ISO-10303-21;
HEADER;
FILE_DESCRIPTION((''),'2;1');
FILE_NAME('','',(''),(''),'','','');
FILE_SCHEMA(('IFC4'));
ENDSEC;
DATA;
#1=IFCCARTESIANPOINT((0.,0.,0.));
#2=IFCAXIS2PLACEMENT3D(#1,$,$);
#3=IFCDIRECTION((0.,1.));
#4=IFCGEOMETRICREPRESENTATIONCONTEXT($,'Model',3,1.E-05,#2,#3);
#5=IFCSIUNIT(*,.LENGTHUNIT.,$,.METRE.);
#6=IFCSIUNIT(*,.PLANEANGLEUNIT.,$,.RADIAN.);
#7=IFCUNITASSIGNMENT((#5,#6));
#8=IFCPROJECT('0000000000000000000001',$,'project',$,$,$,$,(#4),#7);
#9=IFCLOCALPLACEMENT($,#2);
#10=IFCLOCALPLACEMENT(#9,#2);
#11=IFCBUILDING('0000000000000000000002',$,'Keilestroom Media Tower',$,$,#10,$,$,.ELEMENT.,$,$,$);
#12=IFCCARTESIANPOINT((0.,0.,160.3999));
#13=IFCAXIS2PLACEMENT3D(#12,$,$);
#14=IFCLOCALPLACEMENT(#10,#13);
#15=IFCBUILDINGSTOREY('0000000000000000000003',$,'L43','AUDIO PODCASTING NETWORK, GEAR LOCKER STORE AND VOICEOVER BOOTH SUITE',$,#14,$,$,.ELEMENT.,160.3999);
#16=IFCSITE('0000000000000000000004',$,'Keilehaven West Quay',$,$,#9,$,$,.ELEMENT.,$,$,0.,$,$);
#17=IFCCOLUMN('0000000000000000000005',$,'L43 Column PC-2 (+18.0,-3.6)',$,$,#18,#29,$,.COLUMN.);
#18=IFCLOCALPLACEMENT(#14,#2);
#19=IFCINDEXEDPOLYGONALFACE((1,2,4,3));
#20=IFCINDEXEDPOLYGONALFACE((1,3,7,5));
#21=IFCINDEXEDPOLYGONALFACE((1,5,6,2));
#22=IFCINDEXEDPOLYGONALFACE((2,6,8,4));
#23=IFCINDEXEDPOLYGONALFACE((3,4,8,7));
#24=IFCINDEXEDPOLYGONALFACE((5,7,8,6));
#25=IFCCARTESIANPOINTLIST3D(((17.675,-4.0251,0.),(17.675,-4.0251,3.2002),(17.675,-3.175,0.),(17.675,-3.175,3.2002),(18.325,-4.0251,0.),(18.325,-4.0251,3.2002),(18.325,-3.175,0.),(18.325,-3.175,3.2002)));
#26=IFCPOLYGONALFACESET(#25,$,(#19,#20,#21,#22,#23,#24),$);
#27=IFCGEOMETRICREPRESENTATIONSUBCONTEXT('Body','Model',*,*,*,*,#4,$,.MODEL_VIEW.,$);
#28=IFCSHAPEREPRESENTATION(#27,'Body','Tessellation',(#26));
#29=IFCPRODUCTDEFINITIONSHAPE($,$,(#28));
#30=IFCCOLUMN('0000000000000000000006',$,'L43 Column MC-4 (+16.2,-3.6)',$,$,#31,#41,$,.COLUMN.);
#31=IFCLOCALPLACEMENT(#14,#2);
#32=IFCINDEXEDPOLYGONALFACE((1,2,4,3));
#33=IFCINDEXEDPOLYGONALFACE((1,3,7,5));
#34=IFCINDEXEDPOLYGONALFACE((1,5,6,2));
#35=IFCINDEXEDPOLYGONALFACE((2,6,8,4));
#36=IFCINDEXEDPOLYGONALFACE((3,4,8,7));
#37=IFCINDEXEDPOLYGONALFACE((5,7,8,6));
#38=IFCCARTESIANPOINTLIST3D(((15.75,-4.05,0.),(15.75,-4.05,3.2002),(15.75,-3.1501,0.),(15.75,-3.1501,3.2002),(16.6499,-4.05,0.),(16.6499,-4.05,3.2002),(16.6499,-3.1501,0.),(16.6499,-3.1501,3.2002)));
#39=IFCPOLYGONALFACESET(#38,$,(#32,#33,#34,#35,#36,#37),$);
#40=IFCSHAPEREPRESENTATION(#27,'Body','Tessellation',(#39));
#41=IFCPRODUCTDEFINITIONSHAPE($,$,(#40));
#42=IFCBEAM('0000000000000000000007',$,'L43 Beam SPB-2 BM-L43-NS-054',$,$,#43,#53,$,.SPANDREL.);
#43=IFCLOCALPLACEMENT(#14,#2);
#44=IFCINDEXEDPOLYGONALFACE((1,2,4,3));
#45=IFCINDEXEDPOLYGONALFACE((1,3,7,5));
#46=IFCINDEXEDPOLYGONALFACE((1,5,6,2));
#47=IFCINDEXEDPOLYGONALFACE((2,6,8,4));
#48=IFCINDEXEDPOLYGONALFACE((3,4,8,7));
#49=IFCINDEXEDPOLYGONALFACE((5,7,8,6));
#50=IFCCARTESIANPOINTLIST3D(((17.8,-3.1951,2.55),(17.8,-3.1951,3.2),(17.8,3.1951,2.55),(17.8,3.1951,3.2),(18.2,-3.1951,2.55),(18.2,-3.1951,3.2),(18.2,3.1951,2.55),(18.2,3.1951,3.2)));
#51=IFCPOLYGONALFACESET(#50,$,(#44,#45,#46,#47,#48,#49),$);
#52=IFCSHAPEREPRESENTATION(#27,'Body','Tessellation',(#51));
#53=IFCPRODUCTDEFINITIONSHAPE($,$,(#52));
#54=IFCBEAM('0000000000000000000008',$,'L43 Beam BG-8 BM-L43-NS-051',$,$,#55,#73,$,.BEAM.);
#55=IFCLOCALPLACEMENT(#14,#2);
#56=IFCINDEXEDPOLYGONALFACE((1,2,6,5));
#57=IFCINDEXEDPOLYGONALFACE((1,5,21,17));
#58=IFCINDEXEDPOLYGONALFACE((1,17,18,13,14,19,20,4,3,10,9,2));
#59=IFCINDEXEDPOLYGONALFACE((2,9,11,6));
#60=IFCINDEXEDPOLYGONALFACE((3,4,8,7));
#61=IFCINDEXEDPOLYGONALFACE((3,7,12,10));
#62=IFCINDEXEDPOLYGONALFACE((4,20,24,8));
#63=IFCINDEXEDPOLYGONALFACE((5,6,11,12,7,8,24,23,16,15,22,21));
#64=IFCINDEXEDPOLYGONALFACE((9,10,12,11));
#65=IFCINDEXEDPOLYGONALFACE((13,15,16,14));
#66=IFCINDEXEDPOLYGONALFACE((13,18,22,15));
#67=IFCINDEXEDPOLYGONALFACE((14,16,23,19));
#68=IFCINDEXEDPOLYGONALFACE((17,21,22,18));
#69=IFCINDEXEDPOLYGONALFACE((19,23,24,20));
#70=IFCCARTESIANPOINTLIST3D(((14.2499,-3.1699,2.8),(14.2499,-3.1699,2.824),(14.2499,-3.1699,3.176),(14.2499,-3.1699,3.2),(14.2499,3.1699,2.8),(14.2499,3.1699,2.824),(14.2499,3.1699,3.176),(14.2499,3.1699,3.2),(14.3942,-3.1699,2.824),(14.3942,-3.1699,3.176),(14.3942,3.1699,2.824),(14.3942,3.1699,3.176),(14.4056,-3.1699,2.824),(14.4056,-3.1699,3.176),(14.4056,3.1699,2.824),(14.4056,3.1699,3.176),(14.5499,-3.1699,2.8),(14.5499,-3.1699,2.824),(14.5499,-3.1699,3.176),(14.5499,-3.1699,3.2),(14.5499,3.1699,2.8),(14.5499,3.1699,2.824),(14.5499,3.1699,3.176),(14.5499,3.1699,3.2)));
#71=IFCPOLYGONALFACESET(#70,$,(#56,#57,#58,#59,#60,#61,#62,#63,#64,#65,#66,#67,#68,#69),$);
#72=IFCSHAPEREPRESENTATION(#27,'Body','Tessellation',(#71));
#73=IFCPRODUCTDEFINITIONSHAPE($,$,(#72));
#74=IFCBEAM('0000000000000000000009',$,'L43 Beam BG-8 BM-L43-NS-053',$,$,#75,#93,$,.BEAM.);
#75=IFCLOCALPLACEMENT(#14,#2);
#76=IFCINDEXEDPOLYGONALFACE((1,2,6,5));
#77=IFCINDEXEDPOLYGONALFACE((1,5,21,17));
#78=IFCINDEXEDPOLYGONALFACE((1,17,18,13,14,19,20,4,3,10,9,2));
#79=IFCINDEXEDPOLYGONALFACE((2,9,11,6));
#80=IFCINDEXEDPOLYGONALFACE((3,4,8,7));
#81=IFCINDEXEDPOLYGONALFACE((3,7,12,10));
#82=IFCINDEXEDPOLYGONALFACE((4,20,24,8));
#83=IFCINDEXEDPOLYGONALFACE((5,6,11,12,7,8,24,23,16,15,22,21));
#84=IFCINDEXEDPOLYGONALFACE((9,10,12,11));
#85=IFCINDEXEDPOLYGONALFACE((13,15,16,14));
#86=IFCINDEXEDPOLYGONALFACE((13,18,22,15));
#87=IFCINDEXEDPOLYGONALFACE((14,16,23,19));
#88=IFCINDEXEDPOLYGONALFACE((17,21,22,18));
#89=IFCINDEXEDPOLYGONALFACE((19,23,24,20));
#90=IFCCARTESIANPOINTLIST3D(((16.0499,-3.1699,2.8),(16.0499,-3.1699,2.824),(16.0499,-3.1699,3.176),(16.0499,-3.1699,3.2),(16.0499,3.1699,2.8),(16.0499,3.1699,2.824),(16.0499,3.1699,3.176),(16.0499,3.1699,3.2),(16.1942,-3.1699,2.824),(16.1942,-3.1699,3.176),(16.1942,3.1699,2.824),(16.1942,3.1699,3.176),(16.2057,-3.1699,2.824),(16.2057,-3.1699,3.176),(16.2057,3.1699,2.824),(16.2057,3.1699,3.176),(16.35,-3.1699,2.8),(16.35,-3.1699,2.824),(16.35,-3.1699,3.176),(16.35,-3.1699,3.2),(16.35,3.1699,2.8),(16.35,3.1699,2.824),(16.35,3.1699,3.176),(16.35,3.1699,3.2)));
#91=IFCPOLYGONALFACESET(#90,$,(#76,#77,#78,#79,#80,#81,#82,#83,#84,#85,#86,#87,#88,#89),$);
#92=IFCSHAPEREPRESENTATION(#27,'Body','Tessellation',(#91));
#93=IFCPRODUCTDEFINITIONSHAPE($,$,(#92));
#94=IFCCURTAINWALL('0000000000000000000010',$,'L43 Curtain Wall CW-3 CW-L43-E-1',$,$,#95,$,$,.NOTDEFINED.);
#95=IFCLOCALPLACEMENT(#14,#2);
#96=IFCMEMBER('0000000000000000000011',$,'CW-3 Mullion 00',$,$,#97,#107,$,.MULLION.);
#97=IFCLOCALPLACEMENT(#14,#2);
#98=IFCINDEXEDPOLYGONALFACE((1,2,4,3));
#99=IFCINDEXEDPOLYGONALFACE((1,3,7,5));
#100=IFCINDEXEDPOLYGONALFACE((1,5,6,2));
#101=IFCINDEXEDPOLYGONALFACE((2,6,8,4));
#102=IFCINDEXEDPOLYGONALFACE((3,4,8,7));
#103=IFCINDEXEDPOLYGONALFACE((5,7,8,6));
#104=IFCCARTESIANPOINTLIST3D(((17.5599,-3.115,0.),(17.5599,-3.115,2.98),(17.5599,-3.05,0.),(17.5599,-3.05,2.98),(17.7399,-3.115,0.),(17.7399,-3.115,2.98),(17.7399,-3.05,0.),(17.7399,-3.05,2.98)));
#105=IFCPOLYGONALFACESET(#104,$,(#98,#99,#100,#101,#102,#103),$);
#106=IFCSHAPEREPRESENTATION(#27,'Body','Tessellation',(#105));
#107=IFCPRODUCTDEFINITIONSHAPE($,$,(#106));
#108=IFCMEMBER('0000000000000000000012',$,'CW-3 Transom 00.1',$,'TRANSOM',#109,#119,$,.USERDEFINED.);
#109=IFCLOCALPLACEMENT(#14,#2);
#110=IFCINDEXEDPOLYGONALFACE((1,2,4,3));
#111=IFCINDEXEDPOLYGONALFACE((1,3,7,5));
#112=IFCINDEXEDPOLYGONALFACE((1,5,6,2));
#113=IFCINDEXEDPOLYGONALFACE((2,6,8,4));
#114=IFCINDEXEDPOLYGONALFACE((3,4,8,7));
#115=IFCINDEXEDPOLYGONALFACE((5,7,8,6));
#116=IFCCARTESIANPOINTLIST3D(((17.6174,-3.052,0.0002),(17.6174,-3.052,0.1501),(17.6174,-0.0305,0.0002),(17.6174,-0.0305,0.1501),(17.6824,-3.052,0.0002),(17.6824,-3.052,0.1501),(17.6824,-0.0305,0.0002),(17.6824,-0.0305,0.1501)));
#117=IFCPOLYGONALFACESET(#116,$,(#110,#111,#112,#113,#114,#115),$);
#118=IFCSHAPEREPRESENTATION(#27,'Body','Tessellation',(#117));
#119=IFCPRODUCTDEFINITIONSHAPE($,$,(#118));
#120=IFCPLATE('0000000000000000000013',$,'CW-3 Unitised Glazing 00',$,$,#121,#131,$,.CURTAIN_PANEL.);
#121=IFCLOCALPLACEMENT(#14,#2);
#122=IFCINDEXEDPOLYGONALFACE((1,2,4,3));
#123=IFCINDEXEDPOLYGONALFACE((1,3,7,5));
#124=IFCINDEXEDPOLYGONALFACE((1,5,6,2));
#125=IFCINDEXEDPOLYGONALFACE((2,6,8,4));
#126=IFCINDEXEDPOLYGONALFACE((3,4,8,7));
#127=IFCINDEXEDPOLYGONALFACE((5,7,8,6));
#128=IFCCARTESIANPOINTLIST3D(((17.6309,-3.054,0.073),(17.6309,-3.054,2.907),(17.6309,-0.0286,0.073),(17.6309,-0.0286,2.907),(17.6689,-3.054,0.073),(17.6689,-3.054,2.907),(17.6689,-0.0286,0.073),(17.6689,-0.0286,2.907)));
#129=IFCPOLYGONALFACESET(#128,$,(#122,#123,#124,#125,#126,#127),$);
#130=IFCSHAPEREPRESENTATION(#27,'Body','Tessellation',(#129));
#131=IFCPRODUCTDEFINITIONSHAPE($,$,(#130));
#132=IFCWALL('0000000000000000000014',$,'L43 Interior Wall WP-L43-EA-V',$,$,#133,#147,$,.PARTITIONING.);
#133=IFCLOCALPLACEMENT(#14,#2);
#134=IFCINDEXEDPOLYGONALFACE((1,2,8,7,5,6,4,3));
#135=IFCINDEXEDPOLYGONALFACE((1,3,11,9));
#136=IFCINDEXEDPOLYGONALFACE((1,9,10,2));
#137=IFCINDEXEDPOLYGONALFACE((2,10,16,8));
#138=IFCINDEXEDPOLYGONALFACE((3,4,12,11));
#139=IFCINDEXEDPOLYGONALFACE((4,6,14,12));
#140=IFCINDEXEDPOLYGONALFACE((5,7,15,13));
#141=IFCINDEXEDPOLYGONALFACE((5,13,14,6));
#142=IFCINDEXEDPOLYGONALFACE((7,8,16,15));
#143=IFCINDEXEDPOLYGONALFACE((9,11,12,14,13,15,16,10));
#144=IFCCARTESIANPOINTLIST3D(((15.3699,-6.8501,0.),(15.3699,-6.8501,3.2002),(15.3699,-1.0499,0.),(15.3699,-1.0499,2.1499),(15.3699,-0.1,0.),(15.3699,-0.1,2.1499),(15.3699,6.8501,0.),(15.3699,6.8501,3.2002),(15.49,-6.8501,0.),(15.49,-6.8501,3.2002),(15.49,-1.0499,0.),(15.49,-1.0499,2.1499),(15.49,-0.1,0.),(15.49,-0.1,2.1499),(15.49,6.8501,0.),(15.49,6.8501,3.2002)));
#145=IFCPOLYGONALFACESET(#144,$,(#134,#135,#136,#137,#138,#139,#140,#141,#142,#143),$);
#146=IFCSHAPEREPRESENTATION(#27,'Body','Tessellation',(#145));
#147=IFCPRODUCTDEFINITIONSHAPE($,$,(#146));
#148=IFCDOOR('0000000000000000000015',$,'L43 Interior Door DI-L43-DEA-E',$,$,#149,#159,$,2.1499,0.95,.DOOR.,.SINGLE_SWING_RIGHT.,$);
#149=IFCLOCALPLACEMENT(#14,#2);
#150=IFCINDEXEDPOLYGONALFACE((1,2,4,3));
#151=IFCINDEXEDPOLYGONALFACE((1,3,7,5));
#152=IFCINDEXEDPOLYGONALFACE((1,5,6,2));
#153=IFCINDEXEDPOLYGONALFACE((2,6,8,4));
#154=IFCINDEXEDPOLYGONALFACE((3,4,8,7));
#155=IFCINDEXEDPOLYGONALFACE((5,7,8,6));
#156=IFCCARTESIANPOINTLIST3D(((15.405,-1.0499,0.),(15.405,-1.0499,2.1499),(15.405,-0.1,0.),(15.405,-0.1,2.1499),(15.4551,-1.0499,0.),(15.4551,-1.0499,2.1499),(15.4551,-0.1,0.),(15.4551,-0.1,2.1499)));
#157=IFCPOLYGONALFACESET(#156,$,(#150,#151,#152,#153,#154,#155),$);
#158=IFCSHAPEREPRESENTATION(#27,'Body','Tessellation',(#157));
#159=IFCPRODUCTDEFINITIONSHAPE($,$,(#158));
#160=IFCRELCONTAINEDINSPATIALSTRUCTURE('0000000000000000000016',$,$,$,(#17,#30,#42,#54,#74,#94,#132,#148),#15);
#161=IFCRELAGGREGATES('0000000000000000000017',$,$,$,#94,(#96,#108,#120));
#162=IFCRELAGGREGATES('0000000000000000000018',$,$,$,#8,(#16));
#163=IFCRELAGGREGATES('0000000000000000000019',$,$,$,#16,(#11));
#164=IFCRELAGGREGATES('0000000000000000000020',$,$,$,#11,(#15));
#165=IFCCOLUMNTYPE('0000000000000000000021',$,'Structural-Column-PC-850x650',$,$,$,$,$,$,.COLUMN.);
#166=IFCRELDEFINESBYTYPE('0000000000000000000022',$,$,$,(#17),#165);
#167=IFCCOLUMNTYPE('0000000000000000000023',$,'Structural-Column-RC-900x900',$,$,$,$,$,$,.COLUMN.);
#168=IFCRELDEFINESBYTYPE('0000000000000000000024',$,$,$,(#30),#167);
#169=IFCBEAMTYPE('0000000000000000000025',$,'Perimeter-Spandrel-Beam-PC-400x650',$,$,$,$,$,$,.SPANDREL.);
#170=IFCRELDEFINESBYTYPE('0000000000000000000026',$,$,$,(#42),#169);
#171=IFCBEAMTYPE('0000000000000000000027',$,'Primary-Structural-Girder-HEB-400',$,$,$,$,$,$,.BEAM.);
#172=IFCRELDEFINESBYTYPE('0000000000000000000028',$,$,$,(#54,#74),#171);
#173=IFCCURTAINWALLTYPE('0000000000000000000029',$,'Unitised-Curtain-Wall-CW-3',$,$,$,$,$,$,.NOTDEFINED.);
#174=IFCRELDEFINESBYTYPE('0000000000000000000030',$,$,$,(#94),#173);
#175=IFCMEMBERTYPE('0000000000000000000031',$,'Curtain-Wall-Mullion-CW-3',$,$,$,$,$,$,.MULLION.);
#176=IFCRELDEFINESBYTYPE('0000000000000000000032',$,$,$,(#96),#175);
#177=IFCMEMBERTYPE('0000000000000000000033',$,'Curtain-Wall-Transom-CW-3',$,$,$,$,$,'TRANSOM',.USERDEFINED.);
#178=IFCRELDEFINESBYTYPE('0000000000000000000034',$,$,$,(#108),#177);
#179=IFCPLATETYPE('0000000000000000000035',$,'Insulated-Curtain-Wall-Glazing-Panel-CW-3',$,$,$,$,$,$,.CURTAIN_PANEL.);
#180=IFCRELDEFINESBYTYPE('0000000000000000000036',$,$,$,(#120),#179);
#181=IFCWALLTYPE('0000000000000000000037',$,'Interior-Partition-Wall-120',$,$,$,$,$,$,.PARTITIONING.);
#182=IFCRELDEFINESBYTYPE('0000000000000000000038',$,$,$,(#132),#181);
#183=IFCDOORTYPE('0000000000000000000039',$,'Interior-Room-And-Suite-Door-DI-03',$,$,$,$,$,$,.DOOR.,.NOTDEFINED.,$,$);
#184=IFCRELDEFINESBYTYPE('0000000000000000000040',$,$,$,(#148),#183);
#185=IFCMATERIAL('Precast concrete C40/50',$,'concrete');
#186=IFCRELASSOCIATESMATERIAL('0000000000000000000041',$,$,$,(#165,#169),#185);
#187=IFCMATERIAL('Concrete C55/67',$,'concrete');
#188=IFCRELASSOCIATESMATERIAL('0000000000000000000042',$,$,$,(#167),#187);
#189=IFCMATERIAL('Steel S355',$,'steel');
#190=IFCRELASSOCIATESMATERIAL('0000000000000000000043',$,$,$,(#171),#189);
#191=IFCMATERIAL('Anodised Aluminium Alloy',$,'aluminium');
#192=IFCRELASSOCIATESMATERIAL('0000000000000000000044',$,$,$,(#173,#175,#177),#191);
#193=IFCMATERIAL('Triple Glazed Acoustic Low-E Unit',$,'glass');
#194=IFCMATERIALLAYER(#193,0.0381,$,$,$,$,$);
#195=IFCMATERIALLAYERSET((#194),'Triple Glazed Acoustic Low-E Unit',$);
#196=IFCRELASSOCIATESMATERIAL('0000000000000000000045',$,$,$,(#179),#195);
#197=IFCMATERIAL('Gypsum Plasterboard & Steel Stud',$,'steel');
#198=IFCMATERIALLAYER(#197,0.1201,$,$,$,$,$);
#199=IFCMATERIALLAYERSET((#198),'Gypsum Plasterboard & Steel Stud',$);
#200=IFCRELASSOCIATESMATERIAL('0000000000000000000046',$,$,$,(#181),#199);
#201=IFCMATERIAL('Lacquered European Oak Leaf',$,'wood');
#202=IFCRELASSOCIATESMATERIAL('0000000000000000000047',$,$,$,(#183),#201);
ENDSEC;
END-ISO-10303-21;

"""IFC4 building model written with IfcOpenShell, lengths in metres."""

from ifc_helpers import new_model, si_unit, direction, frame, frame_2d, origin, origin_2d, place, context, subcontext, project, spatial, rectangle, i_section, extrude, source, transform, mapped, material, layer, layer_set, material_profile, profile_set, type_object, element, fill, aggregate, save


model = new_model("IFC4")

# Units and contexts
model_context = context("Model", 3, precision=1e-05, world=origin(), true_north=direction((0.0, 1.0)))
body_context = subcontext(model_context, "Body", "Model", "MODEL_VIEW")
ifc_project = project(units=[si_unit("LENGTHUNIT", "METRE"), si_unit("PLANEANGLEUNIT", "RADIAN")], contexts=[model_context])

# Site, building, storey
site_placement = place(None, origin())
site = spatial("IfcSite", under=ifc_project, at=site_placement, Name="Keilehaven West Quay", CompositionType="ELEMENT", RefElevation=0.0)
building_placement = place(site_placement, origin())
building = spatial("IfcBuilding", under=site, at=building_placement, Name="Keilestroom Media Tower", CompositionType="ELEMENT")
storey_placement = place(building_placement, frame((0.0, 0.0, 160.3999)))
storey = spatial("IfcBuildingStorey", under=building, at=storey_placement, Name="L43", Description="AUDIO PODCASTING NETWORK, GEAR LOCKER STORE AND VOICEOVER BOOTH SUITE", CompositionType="ELEMENT", Elevation=160.3999)

# Columns
ifc_material_1 = material(Name="Precast concrete C40/50", Category="concrete")
ifc_material_profile_1 = material_profile(ifc_material_1, rectangle(XDim=0.6499, YDim=0.8501, at=origin_2d()), Name="PC 850x650")
ifc_profile_set_1 = profile_set([ifc_material_profile_1], Name="Precast concrete C40/50")
column_type_1 = type_object("IfcColumnType", Name="Structural-Column-PC-850x650", PredefinedType="COLUMN", material=ifc_profile_set_1)
shared_shape_1 = source(origin(), body_context, "Body", "SweptSolid", [
    extrude(rectangle(XDim=0.6499, YDim=0.8501, at=origin_2d()), origin(), (0.0, 0.0, 1.0), 3.2002),
])
column_1_placement = place(storey_placement, frame((18.0, -3.6001, 0.0), z_axis=(0.0, 0.0, 1.0), x_axis=(1.0, 0.0, 0.0)))
element("IfcColumn", 1, at=column_1_placement, inside=storey, type_object=column_type_1, Name="L43 Column PC-2 (+18.0,-3.6)", PredefinedType="COLUMN", context=body_context, shape_type="MappedRepresentation", body=[
    mapped(shared_shape_1, transform((0.0, 0.0, 0.0), x_axis=(1.0, 0.0, 0.0), y_axis=(0.0, 1.0, 0.0), z_axis=(0.0, 0.0, 1.0), scale=1.0)),
])
ifc_material_2 = material(Name="Concrete C55/67", Category="concrete")
ifc_material_profile_2 = material_profile(ifc_material_2, rectangle(XDim=0.8999, YDim=0.8999, at=origin_2d()), Name="RC 900x900")
ifc_profile_set_2 = profile_set([ifc_material_profile_2], Name="Concrete C55/67")
column_type_2 = type_object("IfcColumnType", Name="Structural-Column-RC-900x900", PredefinedType="COLUMN", material=ifc_profile_set_2)
shared_shape_2 = source(origin(), body_context, "Body", "SweptSolid", [
    extrude(rectangle(XDim=0.8999, YDim=0.8999, at=origin_2d()), origin(), (0.0, 0.0, 1.0), 3.2002),
])
column_2_placement = place(storey_placement, frame((16.2, -3.6001, 0.0), z_axis=(0.0, 0.0, 1.0), x_axis=(1.0, 0.0, 0.0)))
element("IfcColumn", 2, at=column_2_placement, inside=storey, type_object=column_type_2, Name="L43 Column MC-4 (+16.2,-3.6)", PredefinedType="COLUMN", context=body_context, shape_type="MappedRepresentation", body=[
    mapped(shared_shape_2, transform((0.0, 0.0, 0.0), x_axis=(1.0, 0.0, 0.0), y_axis=(0.0, 1.0, 0.0), z_axis=(0.0, 0.0, 1.0), scale=1.0)),
])

# Beams
ifc_material_profile_3 = material_profile(ifc_material_1, rectangle(XDim=0.3999, YDim=0.6499, at=origin_2d()), Name="PC 400x650")
ifc_profile_set_3 = profile_set([ifc_material_profile_3], Name="Precast concrete C40/50")
beam_type_1 = type_object("IfcBeamType", Name="Perimeter-Spandrel-Beam-PC-400x650", PredefinedType="SPANDREL", material=ifc_profile_set_3)
shared_shape_3 = source(origin(), body_context, "Body", "SweptSolid", [
    extrude(rectangle(XDim=0.3999, YDim=0.6499, at=origin_2d()), origin(), (0.0, 0.0, 1.0), 6.3901),
])
beam_placement = place(storey_placement, frame((18.0, -3.1951, 2.875), z_axis=(0.0, 1.0, 0.0), x_axis=(-1.0, 0.0, 0.0)))
element("IfcBeam", 3, at=beam_placement, inside=storey, type_object=beam_type_1, Name="L43 Beam SPB-2 BM-L43-NS-054", PredefinedType="SPANDREL", context=body_context, shape_type="MappedRepresentation", body=[
    mapped(shared_shape_3, transform((0.0, 0.0, 0.0), x_axis=(1.0, 0.0, 0.0), y_axis=(0.0, 1.0, 0.0), z_axis=(0.0, 0.0, 1.0), scale=1.0)),
])
ifc_material_3 = material(Name="Steel S355", Category="steel")
ifc_material_profile_4 = material_profile(ifc_material_3, i_section(OverallWidth=0.3, OverallDepth=0.3999, WebThickness=0.0115, FlangeThickness=0.0239, at=origin_2d()), Name="HEB 400")
ifc_profile_set_4 = profile_set([ifc_material_profile_4], Name="Steel S355")
beam_type_2 = type_object("IfcBeamType", Name="Primary-Structural-Girder-HEB-400", PredefinedType="BEAM", material=ifc_profile_set_4)
shared_shape_4 = source(origin(), body_context, "Body", "SweptSolid", [
    extrude(i_section(OverallWidth=0.3, OverallDepth=0.3999, WebThickness=0.0115, FlangeThickness=0.0239, at=origin_2d()), origin(), (0.0, 0.0, 1.0), 6.3398),
])
for number, where, z_axis, x_axis, name in (
    (4, (14.3999, -3.1699, 3.0), (0.0, 1.0, 0.0), (-1.0, 0.0, 0.0), "L43 Beam BG-8 BM-L43-NS-051"),
    (5, (16.2, -3.1699, 3.0), (0.0, 1.0, 0.0), (-1.0, 0.0, 0.0), "L43 Beam BG-8 BM-L43-NS-053"),
):
    element("IfcBeam", number, at=place(storey_placement, frame(where, z_axis=z_axis, x_axis=x_axis)), inside=storey, type_object=beam_type_2, Name=name, PredefinedType="BEAM", context=body_context, shape_type="MappedRepresentation", body=[
        mapped(shared_shape_4, transform((0.0, 0.0, 0.0), x_axis=(1.0, 0.0, 0.0), y_axis=(0.0, 1.0, 0.0), z_axis=(0.0, 0.0, 1.0), scale=1.0)),
    ])

# Curtain wall, members, plate
ifc_material_4 = material(Name="Anodised Aluminium Alloy", Category="aluminium")
curtain_wall_type = type_object("IfcCurtainWallType", Name="Unitised-Curtain-Wall-CW-3", PredefinedType="NOTDEFINED", material=ifc_material_4)
curtain_wall_placement = place(storey_placement, origin())
curtain_wall = element("IfcCurtainWall", 6, at=curtain_wall_placement, inside=storey, type_object=curtain_wall_type, Name="L43 Curtain Wall CW-3 CW-L43-E-1", PredefinedType="NOTDEFINED")
ifc_material_profile_5 = material_profile(ifc_material_4, rectangle(XDim=0.0649, YDim=0.1799, at=origin_2d()), Name="ALU MULLION 65x180")
ifc_profile_set_5 = profile_set([ifc_material_profile_5], Name="Anodised Aluminium Alloy")
member_type_1 = type_object("IfcMemberType", Name="Curtain-Wall-Mullion-CW-3", PredefinedType="MULLION", material=ifc_profile_set_5)
shared_shape_5 = source(origin(), body_context, "Body", "SweptSolid", [
    extrude(rectangle(XDim=0.0649, YDim=0.1799, at=origin_2d()), origin(), (0.0, 0.0, 1.0), 2.98),
])
member_1_placement = place(storey_placement, frame((17.6499, -3.0825, 0.0), z_axis=(0.0, 0.0, 1.0), x_axis=(0.0, 1.0, 0.0)))
member_1 = element("IfcMember", 7, at=member_1_placement, type_object=member_type_1, Name="CW-3 Mullion 00", PredefinedType="MULLION", context=body_context, shape_type="MappedRepresentation", body=[
    mapped(shared_shape_5, transform((0.0, 0.0, 0.0), x_axis=(1.0, 0.0, 0.0), y_axis=(0.0, 1.0, 0.0), z_axis=(0.0, 0.0, 1.0), scale=1.0)),
])
ifc_material_profile_6 = material_profile(ifc_material_4, rectangle(XDim=0.0649, YDim=0.1499, at=origin_2d()), Name="ALU TRANSOM 65x150")
ifc_profile_set_6 = profile_set([ifc_material_profile_6], Name="Anodised Aluminium Alloy")
member_type_2 = type_object("IfcMemberType", Name="Curtain-Wall-Transom-CW-3", ElementType="TRANSOM", PredefinedType="USERDEFINED", material=ifc_profile_set_6)
shared_shape_6 = source(origin(), body_context, "Body", "SweptSolid", [
    extrude(rectangle(XDim=0.0649, YDim=0.1499, at=origin_2d()), origin(), (0.0, 0.0, 1.0), 3.0215),
])
member_2_placement = place(storey_placement, frame((17.6499, -3.052, 0.0752), z_axis=(0.0, 1.0, 0.0), x_axis=(-1.0, 0.0, 0.0)))
member_2 = element("IfcMember", 8, at=member_2_placement, type_object=member_type_2, Name="CW-3 Transom 00.1", ObjectType="TRANSOM", PredefinedType="USERDEFINED", context=body_context, shape_type="MappedRepresentation", body=[
    mapped(shared_shape_6, transform((0.0, 0.0, 0.0), x_axis=(1.0, 0.0, 0.0), y_axis=(0.0, 1.0, 0.0), z_axis=(0.0, 0.0, 1.0), scale=1.0)),
])
ifc_material_5 = material(Name="Triple Glazed Acoustic Low-E Unit", Category="glass")
ifc_layer_1 = layer(ifc_material_5, 0.0381)
ifc_layer_set_1 = layer_set([ifc_layer_1], Name="Triple Glazed Acoustic Low-E Unit")
plate_type = type_object("IfcPlateType", Name="Insulated-Curtain-Wall-Glazing-Panel-CW-3", PredefinedType="CURTAIN_PANEL", material=ifc_layer_set_1)
shared_shape_7 = source(origin(), body_context, "Body", "SweptSolid", [
    extrude(rectangle(XDim=3.0254, YDim=0.0381, at=origin_2d()), origin(), (0.0, 0.0, 1.0), 2.834),
])
plate_placement = place(storey_placement, frame((17.6499, -1.5413, 0.073), z_axis=(0.0, 0.0, 1.0), x_axis=(0.0, 1.0, 0.0)))
plate = element("IfcPlate", 9, at=plate_placement, type_object=plate_type, Name="CW-3 Unitised Glazing 00", PredefinedType="CURTAIN_PANEL", context=body_context, shape_type="MappedRepresentation", body=[
    mapped(shared_shape_7, transform((0.0, 0.0, 0.0), x_axis=(1.0, 0.0, 0.0), y_axis=(0.0, 1.0, 0.0), z_axis=(0.0, 0.0, 1.0), scale=1.0)),
])
aggregate(curtain_wall, [member_1, member_2, plate])

# Wall, opening, door
ifc_material_6 = material(Name="Gypsum Plasterboard & Steel Stud", Category="steel")
ifc_layer_2 = layer(ifc_material_6, 0.1201)
ifc_layer_set_2 = layer_set([ifc_layer_2], Name="Gypsum Plasterboard & Steel Stud")
wall_type_1 = type_object("IfcWallType", Name="Interior-Partition-Wall-120", PredefinedType="PARTITIONING", material=ifc_layer_set_2)
wall_1_placement = place(storey_placement, frame((15.4299, -6.8501, 0.0), z_axis=(0.0, 0.0, 1.0), x_axis=(0.0, 1.0, 0.0)))
wall_1 = element("IfcWall", 10, at=wall_1_placement, inside=storey, type_object=wall_type_1, Name="L43 Interior Wall WP-L43-EA-V", PredefinedType="PARTITIONING", context=body_context, shape_type="SweptSolid", body=[
    extrude(rectangle(XDim=13.7002, YDim=0.1201, at=frame_2d((6.8501, 0.0))), origin(), (0.0, 0.0, 1.0), 3.2002),
])
opening_placement = place(wall_1_placement, frame((5.8, 0.0, 0.0)))
opening = element("IfcOpeningElement", 11, at=opening_placement, cuts=wall_1, PredefinedType="OPENING", context=body_context, shape_type="SweptSolid", body=[
    extrude(rectangle(XDim=0.95, YDim=2.1499, at=frame_2d((0.4751, 1.075))), frame((0.0, 0.0701, 0.0), z_axis=(0.0, -1.0, 0.0), x_axis=(1.0, 0.0, 0.0)), (0.0, 0.0, 1.0), 0.1401),
])
ifc_material_7 = material(Name="Lacquered European Oak Leaf", Category="wood")
door_type = type_object("IfcDoorType", Name="Interior-Room-And-Suite-Door-DI-03", OperationType="NOTDEFINED", PredefinedType="DOOR", material=ifc_material_7)
shared_shape_8 = source(origin(), body_context, "Body", "SweptSolid", [
    extrude(rectangle(XDim=0.95, YDim=2.1499, at=frame_2d((0.4751, 1.075))), frame((0.0, 0.0249, 0.0), z_axis=(0.0, -1.0, 0.0), x_axis=(1.0, 0.0, 0.0)), (0.0, 0.0, 1.0), 0.05),
])
door_placement = place(opening_placement, origin())
door = element("IfcDoor", 12, at=door_placement, inside=storey, type_object=door_type, Name="L43 Interior Door DI-L43-DEA-E", OperationType="SINGLE_SWING_RIGHT", OverallHeight=2.1499, OverallWidth=0.95, PredefinedType="DOOR", context=body_context, shape_type="MappedRepresentation", body=[
    mapped(shared_shape_8, transform((0.0, 0.0, 0.0), x_axis=(1.0, 0.0, 0.0), y_axis=(0.0, 1.0, 0.0), z_axis=(0.0, 0.0, 1.0), scale=1.0)),
])
fill(opening, door)

save(model, "model.ifc")
